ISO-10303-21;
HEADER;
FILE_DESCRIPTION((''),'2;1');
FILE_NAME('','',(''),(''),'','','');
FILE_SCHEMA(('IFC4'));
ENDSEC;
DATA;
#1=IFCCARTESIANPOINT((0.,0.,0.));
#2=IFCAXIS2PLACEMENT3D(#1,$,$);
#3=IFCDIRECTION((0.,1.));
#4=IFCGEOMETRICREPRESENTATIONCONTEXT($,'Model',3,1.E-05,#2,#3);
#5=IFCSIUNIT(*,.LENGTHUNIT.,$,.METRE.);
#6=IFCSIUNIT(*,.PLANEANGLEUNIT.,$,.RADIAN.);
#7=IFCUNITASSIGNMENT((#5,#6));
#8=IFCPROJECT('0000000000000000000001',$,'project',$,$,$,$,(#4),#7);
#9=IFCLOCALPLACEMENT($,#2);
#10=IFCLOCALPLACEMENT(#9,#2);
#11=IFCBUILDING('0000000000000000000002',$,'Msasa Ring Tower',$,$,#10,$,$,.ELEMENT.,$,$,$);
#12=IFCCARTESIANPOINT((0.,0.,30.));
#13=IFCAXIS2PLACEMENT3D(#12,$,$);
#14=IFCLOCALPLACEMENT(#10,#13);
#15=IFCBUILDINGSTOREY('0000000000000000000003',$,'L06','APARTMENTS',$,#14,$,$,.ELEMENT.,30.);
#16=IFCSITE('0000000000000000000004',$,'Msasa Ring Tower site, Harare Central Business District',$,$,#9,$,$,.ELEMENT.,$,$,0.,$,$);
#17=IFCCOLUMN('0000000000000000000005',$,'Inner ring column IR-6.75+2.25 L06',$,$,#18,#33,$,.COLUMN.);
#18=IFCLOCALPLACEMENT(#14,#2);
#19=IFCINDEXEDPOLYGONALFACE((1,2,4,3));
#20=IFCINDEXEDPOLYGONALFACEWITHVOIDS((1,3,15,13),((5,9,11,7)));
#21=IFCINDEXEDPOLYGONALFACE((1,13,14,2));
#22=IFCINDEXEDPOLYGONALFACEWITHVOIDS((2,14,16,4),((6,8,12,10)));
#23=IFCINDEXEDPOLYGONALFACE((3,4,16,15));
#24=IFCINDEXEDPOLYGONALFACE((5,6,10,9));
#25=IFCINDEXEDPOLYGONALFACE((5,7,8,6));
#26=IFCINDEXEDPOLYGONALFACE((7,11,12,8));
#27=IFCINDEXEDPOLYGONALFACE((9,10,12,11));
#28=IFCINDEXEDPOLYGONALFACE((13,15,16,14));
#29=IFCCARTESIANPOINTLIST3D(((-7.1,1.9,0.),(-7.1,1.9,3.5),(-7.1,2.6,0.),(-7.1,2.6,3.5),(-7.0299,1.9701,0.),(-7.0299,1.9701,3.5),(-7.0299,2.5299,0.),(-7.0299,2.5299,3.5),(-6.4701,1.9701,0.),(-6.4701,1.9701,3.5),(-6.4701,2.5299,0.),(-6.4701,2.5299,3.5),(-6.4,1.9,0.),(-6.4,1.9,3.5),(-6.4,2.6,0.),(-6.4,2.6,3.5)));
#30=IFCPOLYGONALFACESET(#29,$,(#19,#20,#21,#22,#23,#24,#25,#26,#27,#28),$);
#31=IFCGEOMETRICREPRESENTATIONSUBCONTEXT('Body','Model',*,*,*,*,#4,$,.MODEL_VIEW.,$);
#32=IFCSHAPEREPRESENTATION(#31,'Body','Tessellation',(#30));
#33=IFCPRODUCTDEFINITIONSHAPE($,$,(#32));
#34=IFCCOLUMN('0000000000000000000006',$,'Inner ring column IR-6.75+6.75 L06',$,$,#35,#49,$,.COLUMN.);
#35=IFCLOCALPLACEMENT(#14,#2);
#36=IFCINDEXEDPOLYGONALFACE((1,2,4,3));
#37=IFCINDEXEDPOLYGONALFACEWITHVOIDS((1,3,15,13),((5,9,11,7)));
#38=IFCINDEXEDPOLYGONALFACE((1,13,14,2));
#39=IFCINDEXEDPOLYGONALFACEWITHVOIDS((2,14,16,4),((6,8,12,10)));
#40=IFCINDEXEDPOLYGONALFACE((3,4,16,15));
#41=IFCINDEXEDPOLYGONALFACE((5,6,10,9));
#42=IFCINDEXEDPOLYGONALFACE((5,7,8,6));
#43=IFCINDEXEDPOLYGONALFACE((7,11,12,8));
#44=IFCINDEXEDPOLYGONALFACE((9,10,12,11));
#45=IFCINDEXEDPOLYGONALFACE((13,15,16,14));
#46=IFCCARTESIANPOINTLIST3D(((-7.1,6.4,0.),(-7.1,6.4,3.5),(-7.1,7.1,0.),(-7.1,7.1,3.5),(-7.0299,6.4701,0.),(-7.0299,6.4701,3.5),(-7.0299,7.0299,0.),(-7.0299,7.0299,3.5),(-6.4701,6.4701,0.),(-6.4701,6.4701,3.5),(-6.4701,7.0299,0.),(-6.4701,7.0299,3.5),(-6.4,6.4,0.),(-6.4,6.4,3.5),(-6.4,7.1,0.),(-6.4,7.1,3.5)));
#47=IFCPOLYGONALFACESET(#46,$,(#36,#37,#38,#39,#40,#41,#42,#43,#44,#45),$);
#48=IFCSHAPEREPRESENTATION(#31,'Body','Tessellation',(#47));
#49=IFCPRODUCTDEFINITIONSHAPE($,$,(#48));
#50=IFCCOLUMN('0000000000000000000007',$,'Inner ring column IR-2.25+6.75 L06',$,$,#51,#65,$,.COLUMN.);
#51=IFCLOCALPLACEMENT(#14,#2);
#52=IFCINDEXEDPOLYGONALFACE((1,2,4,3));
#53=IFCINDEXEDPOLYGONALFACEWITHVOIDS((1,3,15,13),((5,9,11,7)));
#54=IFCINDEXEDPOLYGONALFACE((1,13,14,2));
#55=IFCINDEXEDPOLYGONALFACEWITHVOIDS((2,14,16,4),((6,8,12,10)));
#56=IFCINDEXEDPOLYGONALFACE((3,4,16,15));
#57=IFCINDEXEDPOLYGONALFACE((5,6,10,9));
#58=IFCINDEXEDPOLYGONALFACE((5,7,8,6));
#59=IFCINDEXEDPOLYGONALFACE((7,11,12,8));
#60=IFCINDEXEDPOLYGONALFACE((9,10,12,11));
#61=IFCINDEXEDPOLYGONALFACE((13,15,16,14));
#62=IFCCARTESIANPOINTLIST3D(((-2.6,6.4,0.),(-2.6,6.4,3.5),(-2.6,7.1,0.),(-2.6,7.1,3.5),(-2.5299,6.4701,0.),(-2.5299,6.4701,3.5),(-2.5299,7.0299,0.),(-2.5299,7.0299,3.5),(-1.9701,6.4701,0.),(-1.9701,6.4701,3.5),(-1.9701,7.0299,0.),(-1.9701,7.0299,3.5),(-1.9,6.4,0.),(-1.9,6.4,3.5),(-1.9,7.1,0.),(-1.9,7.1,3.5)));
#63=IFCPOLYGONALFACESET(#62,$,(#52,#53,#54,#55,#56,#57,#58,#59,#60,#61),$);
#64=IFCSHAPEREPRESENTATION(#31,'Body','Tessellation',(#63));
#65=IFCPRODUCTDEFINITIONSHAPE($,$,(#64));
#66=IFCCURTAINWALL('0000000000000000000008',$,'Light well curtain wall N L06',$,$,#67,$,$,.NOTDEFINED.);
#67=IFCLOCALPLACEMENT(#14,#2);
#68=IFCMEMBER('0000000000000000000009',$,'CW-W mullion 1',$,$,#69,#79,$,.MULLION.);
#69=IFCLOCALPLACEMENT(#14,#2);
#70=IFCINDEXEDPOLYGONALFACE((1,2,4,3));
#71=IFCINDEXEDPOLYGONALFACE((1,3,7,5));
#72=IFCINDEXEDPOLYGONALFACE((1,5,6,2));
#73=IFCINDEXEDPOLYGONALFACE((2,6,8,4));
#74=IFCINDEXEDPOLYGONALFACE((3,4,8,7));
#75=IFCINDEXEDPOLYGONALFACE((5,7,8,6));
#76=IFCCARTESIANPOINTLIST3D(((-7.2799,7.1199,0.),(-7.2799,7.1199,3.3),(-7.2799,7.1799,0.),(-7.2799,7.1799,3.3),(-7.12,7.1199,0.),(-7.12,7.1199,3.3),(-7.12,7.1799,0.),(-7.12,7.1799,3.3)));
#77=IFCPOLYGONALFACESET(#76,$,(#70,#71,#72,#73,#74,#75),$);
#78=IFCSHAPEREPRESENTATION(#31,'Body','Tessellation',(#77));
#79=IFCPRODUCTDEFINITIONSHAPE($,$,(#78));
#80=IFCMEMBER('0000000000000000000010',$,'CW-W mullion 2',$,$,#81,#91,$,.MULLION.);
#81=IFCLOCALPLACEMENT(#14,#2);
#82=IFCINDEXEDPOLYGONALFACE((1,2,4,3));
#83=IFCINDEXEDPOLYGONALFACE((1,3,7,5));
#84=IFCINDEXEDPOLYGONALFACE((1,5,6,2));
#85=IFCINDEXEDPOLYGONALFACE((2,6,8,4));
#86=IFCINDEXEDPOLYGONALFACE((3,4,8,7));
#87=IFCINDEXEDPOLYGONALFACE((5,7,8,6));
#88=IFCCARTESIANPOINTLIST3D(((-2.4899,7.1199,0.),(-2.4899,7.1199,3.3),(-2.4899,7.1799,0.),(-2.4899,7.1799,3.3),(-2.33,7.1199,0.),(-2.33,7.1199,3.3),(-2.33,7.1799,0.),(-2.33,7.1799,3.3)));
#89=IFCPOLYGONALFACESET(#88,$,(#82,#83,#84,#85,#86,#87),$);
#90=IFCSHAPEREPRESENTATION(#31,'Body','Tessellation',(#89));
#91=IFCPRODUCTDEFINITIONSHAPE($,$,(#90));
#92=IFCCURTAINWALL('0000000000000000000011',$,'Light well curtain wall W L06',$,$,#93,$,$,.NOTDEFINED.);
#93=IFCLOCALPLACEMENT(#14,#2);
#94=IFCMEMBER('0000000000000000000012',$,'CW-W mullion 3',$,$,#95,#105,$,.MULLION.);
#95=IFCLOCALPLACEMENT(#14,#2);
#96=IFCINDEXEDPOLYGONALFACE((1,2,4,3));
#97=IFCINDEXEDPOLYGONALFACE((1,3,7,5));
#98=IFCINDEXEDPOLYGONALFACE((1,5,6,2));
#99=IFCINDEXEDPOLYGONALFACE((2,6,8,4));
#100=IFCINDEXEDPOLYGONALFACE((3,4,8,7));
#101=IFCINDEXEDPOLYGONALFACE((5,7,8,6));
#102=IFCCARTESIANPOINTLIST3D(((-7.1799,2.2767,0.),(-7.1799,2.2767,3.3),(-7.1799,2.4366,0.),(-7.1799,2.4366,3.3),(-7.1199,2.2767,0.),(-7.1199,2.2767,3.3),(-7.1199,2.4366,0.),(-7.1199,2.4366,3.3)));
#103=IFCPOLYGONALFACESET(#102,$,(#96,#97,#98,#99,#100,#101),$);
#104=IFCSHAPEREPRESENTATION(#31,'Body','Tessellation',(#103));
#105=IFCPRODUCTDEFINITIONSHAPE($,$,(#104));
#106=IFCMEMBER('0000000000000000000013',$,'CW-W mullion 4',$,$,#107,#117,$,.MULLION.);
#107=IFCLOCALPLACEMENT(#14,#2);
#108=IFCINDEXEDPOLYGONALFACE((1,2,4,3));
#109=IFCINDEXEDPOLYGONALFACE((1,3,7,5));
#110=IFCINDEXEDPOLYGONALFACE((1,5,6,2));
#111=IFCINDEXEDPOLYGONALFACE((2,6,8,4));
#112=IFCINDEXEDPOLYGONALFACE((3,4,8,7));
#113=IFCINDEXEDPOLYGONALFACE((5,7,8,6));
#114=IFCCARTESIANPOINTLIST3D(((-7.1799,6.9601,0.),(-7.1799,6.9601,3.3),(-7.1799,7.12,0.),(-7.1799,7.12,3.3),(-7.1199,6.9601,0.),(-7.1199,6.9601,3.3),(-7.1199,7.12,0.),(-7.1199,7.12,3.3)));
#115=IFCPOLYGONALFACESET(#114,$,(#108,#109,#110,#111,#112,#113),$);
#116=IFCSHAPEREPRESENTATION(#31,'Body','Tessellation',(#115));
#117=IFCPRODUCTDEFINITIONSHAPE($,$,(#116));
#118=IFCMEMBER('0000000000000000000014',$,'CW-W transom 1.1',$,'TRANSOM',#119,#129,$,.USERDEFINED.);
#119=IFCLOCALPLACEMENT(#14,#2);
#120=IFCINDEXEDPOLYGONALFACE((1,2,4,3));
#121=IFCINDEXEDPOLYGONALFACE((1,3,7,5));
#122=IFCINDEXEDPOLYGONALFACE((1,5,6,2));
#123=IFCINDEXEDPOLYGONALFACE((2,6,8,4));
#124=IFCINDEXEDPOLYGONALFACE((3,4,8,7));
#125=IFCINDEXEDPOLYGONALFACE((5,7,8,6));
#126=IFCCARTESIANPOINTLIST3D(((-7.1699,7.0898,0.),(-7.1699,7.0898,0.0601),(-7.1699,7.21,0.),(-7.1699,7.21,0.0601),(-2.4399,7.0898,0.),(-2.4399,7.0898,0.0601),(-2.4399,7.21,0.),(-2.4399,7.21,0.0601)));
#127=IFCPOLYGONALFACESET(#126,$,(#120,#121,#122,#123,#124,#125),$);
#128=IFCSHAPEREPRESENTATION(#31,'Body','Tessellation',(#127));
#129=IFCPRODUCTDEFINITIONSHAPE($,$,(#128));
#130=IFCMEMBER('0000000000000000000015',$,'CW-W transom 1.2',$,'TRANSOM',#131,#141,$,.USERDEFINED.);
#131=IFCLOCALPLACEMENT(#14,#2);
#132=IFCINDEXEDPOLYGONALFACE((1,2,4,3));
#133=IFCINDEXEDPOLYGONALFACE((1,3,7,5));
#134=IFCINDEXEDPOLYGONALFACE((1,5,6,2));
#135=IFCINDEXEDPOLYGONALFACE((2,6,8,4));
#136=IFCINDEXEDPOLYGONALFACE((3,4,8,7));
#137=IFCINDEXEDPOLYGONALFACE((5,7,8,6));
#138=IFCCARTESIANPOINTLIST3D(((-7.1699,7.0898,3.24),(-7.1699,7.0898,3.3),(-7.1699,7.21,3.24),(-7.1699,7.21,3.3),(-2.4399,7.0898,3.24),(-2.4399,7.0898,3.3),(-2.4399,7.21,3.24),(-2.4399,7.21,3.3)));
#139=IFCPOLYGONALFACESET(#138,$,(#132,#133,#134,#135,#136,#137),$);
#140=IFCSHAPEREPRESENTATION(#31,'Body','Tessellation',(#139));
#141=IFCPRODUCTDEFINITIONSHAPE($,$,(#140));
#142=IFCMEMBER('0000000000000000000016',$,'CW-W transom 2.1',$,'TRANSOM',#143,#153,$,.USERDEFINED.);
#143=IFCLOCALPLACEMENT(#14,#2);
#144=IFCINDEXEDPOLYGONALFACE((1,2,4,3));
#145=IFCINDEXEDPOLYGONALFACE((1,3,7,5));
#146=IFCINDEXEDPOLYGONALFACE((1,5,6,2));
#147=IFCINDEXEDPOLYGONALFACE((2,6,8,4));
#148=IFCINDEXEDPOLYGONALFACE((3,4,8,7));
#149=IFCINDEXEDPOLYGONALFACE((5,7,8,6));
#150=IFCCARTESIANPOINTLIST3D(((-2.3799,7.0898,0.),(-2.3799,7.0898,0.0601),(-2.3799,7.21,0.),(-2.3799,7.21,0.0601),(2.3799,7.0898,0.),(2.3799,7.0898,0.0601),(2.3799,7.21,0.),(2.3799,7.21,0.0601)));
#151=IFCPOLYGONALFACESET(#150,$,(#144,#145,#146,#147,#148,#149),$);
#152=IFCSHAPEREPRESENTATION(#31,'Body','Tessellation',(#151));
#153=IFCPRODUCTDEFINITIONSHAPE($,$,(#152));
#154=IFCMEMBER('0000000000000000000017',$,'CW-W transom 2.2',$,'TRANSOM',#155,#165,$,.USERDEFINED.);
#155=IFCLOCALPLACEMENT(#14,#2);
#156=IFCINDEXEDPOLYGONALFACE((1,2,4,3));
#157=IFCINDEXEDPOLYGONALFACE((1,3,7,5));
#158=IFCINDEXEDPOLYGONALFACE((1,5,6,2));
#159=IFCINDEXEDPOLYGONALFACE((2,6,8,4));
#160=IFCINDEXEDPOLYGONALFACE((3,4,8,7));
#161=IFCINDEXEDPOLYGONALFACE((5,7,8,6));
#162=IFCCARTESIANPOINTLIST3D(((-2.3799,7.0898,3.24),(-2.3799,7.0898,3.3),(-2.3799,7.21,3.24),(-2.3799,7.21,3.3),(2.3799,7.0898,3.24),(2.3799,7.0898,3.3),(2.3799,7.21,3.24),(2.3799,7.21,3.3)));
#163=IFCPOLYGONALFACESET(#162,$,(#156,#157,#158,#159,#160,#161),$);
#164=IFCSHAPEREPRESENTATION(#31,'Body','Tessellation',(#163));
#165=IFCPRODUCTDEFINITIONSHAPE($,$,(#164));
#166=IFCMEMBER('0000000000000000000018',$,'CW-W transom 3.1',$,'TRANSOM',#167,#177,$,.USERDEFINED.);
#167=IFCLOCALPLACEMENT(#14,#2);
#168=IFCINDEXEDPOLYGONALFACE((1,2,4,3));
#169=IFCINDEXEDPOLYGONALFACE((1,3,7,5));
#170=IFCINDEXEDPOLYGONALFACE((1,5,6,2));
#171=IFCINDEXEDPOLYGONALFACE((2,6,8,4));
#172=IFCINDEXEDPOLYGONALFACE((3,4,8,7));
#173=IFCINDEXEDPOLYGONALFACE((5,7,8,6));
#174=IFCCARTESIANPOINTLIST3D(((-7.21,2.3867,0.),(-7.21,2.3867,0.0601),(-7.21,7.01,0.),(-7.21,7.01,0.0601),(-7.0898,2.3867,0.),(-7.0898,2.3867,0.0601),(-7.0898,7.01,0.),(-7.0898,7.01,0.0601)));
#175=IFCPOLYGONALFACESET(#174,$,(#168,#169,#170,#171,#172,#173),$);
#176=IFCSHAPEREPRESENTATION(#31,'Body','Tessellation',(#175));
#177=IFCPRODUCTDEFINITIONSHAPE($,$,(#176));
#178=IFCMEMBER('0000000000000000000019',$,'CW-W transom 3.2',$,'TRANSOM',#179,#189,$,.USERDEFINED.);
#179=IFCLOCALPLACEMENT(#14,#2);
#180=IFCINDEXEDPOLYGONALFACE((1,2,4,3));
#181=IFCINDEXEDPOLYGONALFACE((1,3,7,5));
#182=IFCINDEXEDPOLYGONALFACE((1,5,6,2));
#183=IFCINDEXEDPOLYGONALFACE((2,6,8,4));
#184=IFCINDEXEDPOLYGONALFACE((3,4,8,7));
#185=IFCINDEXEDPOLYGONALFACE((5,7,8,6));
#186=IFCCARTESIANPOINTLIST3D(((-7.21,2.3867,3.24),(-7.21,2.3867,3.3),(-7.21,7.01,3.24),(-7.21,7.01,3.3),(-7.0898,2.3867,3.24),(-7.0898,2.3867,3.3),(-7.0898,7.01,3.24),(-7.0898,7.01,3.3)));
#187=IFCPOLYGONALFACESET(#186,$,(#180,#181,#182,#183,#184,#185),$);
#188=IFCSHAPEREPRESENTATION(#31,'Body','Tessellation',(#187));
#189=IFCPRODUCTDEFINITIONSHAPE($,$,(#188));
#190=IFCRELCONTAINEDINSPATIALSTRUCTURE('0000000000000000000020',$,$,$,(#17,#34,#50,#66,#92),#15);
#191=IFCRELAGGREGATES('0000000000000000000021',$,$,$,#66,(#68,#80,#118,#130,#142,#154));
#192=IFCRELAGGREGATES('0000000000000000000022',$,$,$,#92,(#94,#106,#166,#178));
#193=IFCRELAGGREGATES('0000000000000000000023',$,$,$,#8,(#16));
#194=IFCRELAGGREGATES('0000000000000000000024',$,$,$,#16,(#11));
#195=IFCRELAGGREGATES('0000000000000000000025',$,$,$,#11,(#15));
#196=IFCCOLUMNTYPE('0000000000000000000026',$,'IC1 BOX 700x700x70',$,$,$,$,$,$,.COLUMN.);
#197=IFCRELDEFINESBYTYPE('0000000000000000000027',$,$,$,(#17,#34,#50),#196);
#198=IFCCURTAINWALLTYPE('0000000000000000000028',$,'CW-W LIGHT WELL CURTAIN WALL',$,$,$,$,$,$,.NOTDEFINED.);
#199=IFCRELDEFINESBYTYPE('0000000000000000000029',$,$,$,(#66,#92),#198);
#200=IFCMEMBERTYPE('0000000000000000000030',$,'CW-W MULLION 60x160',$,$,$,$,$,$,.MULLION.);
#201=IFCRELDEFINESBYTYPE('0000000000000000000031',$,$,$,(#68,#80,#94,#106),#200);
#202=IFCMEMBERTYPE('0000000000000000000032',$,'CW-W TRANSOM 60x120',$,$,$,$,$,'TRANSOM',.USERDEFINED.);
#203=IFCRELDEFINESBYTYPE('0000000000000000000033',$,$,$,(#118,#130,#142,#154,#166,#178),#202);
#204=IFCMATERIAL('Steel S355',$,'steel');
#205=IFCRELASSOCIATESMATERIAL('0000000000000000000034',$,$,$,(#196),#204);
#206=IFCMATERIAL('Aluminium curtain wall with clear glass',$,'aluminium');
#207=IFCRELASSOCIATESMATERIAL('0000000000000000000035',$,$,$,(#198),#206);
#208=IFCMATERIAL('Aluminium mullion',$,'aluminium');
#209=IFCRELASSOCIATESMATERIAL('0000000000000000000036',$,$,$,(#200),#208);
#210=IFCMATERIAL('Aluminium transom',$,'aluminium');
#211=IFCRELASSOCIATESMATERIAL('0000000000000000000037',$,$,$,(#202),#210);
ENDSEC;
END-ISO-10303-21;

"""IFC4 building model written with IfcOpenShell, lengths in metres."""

from ifc_helpers import new_model, si_unit, direction, frame, origin, origin_2d, place, context, subcontext, project, spatial, rectangle, hollow_rectangle, extrude, material, material_profile, profile_set, type_object, element, aggregate, save


model = new_model("IFC4")

# Units and contexts
model_context = context("Model", 3, precision=1e-05, world=origin(), true_north=direction((0.0, 1.0)))
body_context = subcontext(model_context, "Body", "Model", "MODEL_VIEW")
ifc_project = project(units=[si_unit("LENGTHUNIT", "METRE"), si_unit("PLANEANGLEUNIT", "RADIAN")], contexts=[model_context])

# Site, building, storey
site_placement = place(None, origin())
site = spatial("IfcSite", under=ifc_project, at=site_placement, Name="Msasa Ring Tower site, Harare Central Business District", CompositionType="ELEMENT", RefElevation=0.0)
building_placement = place(site_placement, origin())
building = spatial("IfcBuilding", under=site, at=building_placement, Name="Msasa Ring Tower", CompositionType="ELEMENT")
storey_placement = place(building_placement, frame((0.0, 0.0, 30.0)))
storey = spatial("IfcBuildingStorey", under=building, at=storey_placement, Name="L06", Description="APARTMENTS", CompositionType="ELEMENT", Elevation=30.0)

# Columns
ifc_material_1 = material(Name="Steel S355", Category="steel")
ifc_material_profile_1 = material_profile(ifc_material_1, hollow_rectangle(XDim=0.7, YDim=0.7, WallThickness=0.0701, at=origin_2d()), Name="BOX 700x700x70")
ifc_profile_set_1 = profile_set([ifc_material_profile_1], Name="Steel S355")
column_type = type_object("IfcColumnType", Name="IC1 BOX 700x700x70", PredefinedType="COLUMN", material=ifc_profile_set_1)
for number, where, z_axis, x_axis, name in (
    (1, (-6.75, 2.25, 0.0), (0.0, 0.0, 1.0), (1.0, 0.0, 0.0), "Inner ring column IR-6.75+2.25 L06"),
    (2, (-6.75, 6.75, 0.0), (0.0, 0.0, 1.0), (1.0, 0.0, 0.0), "Inner ring column IR-6.75+6.75 L06"),
    (3, (-2.25, 6.75, 0.0), (0.0, 0.0, 1.0), (1.0, 0.0, 0.0), "Inner ring column IR-2.25+6.75 L06"),
):
    element("IfcColumn", number, at=place(storey_placement, frame(where, z_axis=z_axis, x_axis=x_axis)), inside=storey, type_object=column_type, Name=name, PredefinedType="COLUMN", context=body_context, shape_type="SweptSolid", body=[
        extrude(hollow_rectangle(XDim=0.7, YDim=0.7, WallThickness=0.0701, at=origin_2d()), origin(), (0.0, 0.0, 1.0), 3.5),
    ])

# Curtain walls, members
ifc_material_2 = material(Name="Aluminium curtain wall with clear glass", Category="aluminium")
curtain_wall_type = type_object("IfcCurtainWallType", Name="CW-W LIGHT WELL CURTAIN WALL", PredefinedType="NOTDEFINED", material=ifc_material_2)
curtain_wall_1_placement = place(storey_placement, origin())
curtain_wall_1 = element("IfcCurtainWall", 4, at=curtain_wall_1_placement, inside=storey, type_object=curtain_wall_type, Name="Light well curtain wall N L06", PredefinedType="NOTDEFINED")
ifc_material_3 = material(Name="Aluminium mullion", Category="aluminium")
ifc_material_profile_2 = material_profile(ifc_material_3, rectangle(XDim=0.0601, YDim=0.1599, at=origin_2d()), Name="AL 60x160")
ifc_profile_set_2 = profile_set([ifc_material_profile_2], Name="Aluminium mullion")
member_type_1 = type_object("IfcMemberType", Name="CW-W MULLION 60x160", PredefinedType="MULLION", material=ifc_profile_set_2)
member_1_placement = place(storey_placement, frame((-7.2, 7.1499, 0.0), z_axis=(0.0, 0.0, 1.0), x_axis=(0.0, 1.0, 0.0)))
member_1 = element("IfcMember", 5, at=member_1_placement, type_object=member_type_1, Name="CW-W mullion 1", PredefinedType="MULLION", context=body_context, shape_type="SweptSolid", body=[
    extrude(rectangle(XDim=0.0601, YDim=0.1599, at=origin_2d()), origin(), (0.0, 0.0, 1.0), 3.3),
])
member_2_placement = place(storey_placement, frame((-2.4099, 7.1499, 0.0), z_axis=(0.0, 0.0, 1.0), x_axis=(0.0, 1.0, 0.0)))
member_2 = element("IfcMember", 6, at=member_2_placement, type_object=member_type_1, Name="CW-W mullion 2", PredefinedType="MULLION", context=body_context, shape_type="SweptSolid", body=[
    extrude(rectangle(XDim=0.0601, YDim=0.1599, at=origin_2d()), origin(), (0.0, 0.0, 1.0), 3.3),
])
curtain_wall_2_placement = place(storey_placement, origin())
curtain_wall_2 = element("IfcCurtainWall", 7, at=curtain_wall_2_placement, inside=storey, type_object=curtain_wall_type, Name="Light well curtain wall W L06", PredefinedType="NOTDEFINED")
member_3_placement = place(storey_placement, frame((-7.1499, 2.3567, 0.0), z_axis=(0.0, 0.0, 1.0), x_axis=(-1.0, 0.0, 0.0)))
member_3 = element("IfcMember", 8, at=member_3_placement, type_object=member_type_1, Name="CW-W mullion 3", PredefinedType="MULLION", context=body_context, shape_type="SweptSolid", body=[
    extrude(rectangle(XDim=0.0601, YDim=0.1599, at=origin_2d()), origin(), (0.0, 0.0, 1.0), 3.3),
])
member_4_placement = place(storey_placement, frame((-7.1499, 7.04, 0.0), z_axis=(0.0, 0.0, 1.0), x_axis=(-1.0, 0.0, 0.0)))
member_4 = element("IfcMember", 9, at=member_4_placement, type_object=member_type_1, Name="CW-W mullion 4", PredefinedType="MULLION", context=body_context, shape_type="SweptSolid", body=[
    extrude(rectangle(XDim=0.0601, YDim=0.1599, at=origin_2d()), origin(), (0.0, 0.0, 1.0), 3.3),
])

# Members
ifc_material_4 = material(Name="Aluminium transom", Category="aluminium")
ifc_material_profile_3 = material_profile(ifc_material_4, rectangle(XDim=0.1201, YDim=0.0601, at=origin_2d()), Name="AL 60x120")
ifc_profile_set_3 = profile_set([ifc_material_profile_3], Name="Aluminium transom")
member_type_2 = type_object("IfcMemberType", Name="CW-W TRANSOM 60x120", ElementType="TRANSOM", PredefinedType="USERDEFINED", material=ifc_profile_set_3)
member_5_placement = place(storey_placement, frame((-7.1699, 7.1499, 0.03), z_axis=(1.0, 0.0, 0.0), x_axis=(0.0, 1.0, 0.0)))
member_5 = element("IfcMember", 10, at=member_5_placement, type_object=member_type_2, Name="CW-W transom 1.1", ObjectType="TRANSOM", PredefinedType="USERDEFINED", context=body_context, shape_type="SweptSolid", body=[
    extrude(rectangle(XDim=0.1201, YDim=0.0601, at=origin_2d()), origin(), (0.0, 0.0, 1.0), 4.73),
])
member_6_placement = place(storey_placement, frame((-7.1699, 7.1499, 3.27), z_axis=(1.0, 0.0, 0.0), x_axis=(0.0, 1.0, 0.0)))
member_6 = element("IfcMember", 11, at=member_6_placement, type_object=member_type_2, Name="CW-W transom 1.2", ObjectType="TRANSOM", PredefinedType="USERDEFINED", context=body_context, shape_type="SweptSolid", body=[
    extrude(rectangle(XDim=0.1201, YDim=0.0601, at=origin_2d()), origin(), (0.0, 0.0, 1.0), 4.73),
])
member_7_placement = place(storey_placement, frame((-2.3799, 7.1499, 0.03), z_axis=(1.0, 0.0, 0.0), x_axis=(0.0, 1.0, 0.0)))
member_7 = element("IfcMember", 12, at=member_7_placement, type_object=member_type_2, Name="CW-W transom 2.1", ObjectType="TRANSOM", PredefinedType="USERDEFINED", context=body_context, shape_type="SweptSolid", body=[
    extrude(rectangle(XDim=0.1201, YDim=0.0601, at=origin_2d()), origin(), (0.0, 0.0, 1.0), 4.7598),
])
member_8_placement = place(storey_placement, frame((-2.3799, 7.1499, 3.27), z_axis=(1.0, 0.0, 0.0), x_axis=(0.0, 1.0, 0.0)))
member_8 = element("IfcMember", 13, at=member_8_placement, type_object=member_type_2, Name="CW-W transom 2.2", ObjectType="TRANSOM", PredefinedType="USERDEFINED", context=body_context, shape_type="SweptSolid", body=[
    extrude(rectangle(XDim=0.1201, YDim=0.0601, at=origin_2d()), origin(), (0.0, 0.0, 1.0), 4.7598),
])
member_9_placement = place(storey_placement, frame((-7.1499, 2.3867, 0.03), z_axis=(0.0, 1.0, 0.0), x_axis=(-1.0, 0.0, 0.0)))
member_9 = element("IfcMember", 14, at=member_9_placement, type_object=member_type_2, Name="CW-W transom 3.1", ObjectType="TRANSOM", PredefinedType="USERDEFINED", context=body_context, shape_type="SweptSolid", body=[
    extrude(rectangle(XDim=0.1201, YDim=0.0601, at=origin_2d()), origin(), (0.0, 0.0, 1.0), 4.6233),
])
member_10_placement = place(storey_placement, frame((-7.1499, 2.3867, 3.27), z_axis=(0.0, 1.0, 0.0), x_axis=(-1.0, 0.0, 0.0)))
member_10 = element("IfcMember", 15, at=member_10_placement, type_object=member_type_2, Name="CW-W transom 3.2", ObjectType="TRANSOM", PredefinedType="USERDEFINED", context=body_context, shape_type="SweptSolid", body=[
    extrude(rectangle(XDim=0.1201, YDim=0.0601, at=origin_2d()), origin(), (0.0, 0.0, 1.0), 4.6233),
])

aggregate(curtain_wall_1, [member_1, member_2, member_5, member_6, member_7, member_8])
aggregate(curtain_wall_2, [member_3, member_4, member_9, member_10])

save(model, "model.ifc")
